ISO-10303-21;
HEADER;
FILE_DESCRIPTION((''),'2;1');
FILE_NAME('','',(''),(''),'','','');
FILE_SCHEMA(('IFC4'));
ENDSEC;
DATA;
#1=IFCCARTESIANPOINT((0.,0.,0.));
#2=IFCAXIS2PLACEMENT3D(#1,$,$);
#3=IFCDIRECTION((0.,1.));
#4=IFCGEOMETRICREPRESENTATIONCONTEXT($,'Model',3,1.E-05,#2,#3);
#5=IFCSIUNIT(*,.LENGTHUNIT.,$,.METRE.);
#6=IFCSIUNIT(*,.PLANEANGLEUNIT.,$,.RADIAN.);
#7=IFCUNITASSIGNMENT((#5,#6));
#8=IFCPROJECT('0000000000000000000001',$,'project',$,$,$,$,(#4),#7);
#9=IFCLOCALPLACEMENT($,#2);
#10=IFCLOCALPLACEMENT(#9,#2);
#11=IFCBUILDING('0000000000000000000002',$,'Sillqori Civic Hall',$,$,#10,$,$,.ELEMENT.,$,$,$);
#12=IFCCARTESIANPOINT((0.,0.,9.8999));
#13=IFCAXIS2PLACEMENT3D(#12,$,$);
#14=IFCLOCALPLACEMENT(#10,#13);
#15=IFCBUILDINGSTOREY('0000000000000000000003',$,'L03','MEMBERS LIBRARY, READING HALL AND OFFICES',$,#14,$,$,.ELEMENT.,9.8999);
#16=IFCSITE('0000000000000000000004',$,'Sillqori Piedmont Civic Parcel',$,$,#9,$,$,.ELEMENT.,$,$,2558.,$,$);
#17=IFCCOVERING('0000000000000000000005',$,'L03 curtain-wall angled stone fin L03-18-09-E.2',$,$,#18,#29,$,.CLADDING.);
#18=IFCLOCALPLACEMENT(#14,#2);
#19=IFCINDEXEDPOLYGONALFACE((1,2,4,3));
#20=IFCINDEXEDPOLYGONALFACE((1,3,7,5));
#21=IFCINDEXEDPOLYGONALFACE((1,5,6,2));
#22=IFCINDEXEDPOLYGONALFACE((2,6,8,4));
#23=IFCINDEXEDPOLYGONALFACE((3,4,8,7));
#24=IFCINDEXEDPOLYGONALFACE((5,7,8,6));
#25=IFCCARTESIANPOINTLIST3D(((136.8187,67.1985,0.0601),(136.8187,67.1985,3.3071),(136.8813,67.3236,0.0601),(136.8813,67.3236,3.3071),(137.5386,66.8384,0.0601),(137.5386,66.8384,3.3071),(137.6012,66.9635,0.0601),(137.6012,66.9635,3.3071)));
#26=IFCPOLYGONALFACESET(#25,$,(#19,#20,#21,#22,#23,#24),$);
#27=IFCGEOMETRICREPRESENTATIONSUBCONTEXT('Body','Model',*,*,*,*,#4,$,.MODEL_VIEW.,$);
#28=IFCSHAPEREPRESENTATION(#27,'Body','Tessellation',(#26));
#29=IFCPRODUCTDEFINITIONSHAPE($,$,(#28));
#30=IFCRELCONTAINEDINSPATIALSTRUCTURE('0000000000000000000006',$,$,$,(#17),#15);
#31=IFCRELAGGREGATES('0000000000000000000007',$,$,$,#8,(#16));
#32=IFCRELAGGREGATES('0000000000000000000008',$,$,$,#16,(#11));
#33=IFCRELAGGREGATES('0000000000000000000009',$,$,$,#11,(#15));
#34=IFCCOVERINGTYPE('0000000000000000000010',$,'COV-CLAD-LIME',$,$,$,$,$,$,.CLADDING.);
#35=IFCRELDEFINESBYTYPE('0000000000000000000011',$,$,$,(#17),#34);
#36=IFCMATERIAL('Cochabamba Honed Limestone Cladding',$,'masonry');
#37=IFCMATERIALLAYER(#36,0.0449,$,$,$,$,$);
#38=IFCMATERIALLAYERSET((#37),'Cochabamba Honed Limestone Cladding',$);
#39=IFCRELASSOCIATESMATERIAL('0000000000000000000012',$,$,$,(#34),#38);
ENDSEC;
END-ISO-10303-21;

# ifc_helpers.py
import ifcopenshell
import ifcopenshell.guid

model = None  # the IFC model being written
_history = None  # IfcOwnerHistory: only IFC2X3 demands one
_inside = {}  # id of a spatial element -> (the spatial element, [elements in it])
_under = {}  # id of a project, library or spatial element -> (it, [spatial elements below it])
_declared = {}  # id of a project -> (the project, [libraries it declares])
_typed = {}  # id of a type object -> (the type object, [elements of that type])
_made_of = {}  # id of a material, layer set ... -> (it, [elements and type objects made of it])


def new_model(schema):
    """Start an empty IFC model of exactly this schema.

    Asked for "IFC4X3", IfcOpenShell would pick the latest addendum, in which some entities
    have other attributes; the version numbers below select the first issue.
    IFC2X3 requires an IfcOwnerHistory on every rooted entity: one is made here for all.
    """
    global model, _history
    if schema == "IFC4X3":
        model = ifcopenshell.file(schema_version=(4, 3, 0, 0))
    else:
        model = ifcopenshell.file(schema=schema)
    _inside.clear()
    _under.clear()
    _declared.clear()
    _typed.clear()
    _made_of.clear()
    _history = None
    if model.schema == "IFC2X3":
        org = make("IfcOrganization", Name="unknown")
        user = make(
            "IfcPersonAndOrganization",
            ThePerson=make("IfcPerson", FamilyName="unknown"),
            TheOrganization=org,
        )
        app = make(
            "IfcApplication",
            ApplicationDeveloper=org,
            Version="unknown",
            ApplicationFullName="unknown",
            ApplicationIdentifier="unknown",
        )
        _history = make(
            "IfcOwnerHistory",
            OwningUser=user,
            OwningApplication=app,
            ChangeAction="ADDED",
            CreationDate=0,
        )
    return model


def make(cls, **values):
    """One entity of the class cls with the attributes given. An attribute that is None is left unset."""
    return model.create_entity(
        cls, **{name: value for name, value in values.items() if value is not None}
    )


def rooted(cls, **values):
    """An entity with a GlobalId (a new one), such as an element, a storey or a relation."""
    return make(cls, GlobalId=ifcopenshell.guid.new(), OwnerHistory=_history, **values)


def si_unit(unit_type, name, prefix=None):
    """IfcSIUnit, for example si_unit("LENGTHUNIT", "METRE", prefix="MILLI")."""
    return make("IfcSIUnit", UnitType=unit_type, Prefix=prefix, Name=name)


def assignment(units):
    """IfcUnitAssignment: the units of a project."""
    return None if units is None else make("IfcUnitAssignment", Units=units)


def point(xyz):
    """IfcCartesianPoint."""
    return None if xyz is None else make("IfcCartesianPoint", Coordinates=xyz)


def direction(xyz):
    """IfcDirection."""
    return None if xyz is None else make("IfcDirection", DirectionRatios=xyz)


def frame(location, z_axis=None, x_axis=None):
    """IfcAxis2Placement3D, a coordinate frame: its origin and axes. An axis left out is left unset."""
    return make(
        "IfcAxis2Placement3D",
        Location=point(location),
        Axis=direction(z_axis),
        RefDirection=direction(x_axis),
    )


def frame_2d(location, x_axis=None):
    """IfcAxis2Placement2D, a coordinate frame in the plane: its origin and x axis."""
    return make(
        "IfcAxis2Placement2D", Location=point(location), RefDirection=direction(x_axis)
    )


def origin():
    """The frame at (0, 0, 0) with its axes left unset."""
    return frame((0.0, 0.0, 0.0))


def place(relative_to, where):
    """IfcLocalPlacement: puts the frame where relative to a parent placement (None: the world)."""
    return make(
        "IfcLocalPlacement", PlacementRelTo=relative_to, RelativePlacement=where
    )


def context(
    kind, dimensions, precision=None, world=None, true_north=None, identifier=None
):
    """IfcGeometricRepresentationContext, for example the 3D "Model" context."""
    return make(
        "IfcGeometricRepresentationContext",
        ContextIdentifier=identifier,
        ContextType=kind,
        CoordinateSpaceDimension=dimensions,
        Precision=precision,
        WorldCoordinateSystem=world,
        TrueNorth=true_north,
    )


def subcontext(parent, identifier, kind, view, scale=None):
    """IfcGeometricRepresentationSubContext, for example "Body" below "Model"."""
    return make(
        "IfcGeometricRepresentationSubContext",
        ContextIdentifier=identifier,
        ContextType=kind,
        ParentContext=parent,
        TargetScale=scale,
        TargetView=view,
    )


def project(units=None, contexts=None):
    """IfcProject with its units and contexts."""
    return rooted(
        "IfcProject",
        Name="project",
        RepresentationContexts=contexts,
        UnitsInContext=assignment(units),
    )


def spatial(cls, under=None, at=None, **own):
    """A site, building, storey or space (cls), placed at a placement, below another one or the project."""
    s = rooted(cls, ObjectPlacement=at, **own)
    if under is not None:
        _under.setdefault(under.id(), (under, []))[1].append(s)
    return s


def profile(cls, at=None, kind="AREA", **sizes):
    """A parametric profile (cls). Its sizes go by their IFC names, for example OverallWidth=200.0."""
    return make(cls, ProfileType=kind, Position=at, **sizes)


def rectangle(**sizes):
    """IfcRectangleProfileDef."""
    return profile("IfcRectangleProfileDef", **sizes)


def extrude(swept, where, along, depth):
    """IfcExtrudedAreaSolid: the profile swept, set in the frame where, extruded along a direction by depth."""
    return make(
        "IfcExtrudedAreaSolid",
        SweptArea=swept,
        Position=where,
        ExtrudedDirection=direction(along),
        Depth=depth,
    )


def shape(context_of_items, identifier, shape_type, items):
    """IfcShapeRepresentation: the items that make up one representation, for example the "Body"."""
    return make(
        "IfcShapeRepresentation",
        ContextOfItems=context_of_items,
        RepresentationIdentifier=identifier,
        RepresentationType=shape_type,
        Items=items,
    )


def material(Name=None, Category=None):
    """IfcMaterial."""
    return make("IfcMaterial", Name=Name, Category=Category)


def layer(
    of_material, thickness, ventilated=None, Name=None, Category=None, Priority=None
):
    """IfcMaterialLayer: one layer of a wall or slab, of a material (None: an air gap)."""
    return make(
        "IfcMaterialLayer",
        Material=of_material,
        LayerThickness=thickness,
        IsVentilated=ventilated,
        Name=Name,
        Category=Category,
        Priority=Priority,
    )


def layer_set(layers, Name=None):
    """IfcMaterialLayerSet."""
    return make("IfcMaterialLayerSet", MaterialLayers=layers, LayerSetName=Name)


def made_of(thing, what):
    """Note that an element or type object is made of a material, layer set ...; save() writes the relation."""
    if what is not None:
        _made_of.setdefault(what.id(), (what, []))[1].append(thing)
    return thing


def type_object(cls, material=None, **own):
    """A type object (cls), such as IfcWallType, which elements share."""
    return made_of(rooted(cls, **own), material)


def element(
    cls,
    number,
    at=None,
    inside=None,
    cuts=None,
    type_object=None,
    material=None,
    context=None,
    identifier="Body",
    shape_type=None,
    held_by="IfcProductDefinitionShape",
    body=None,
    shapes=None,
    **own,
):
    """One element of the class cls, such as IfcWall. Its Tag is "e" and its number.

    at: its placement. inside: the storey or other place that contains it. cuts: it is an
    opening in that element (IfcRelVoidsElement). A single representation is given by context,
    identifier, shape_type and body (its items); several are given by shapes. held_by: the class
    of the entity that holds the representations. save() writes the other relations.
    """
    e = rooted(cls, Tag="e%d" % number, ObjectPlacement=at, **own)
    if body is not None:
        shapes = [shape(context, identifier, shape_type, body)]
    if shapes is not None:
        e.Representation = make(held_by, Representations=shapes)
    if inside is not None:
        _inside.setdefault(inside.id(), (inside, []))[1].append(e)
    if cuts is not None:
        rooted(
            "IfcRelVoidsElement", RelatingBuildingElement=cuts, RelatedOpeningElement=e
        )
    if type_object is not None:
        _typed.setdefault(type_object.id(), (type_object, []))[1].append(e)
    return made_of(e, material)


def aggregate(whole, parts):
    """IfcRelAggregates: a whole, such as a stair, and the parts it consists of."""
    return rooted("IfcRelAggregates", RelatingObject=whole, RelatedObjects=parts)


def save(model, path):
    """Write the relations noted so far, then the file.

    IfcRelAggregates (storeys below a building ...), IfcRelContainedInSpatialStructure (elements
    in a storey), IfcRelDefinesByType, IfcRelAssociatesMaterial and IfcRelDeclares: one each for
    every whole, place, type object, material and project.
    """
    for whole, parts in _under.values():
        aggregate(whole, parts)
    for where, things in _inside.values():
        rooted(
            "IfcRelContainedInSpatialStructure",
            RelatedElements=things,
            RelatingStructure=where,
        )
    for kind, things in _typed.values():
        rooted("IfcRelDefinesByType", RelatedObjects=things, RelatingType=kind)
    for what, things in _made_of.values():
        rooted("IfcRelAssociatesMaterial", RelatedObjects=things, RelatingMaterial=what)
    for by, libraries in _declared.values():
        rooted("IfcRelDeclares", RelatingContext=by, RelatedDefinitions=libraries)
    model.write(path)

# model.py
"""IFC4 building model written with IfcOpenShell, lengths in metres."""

from ifc_helpers import new_model, si_unit, direction, frame, frame_2d, origin, place, context, subcontext, project, spatial, rectangle, extrude, material, layer, layer_set, type_object, element, save


model = new_model("IFC4")

# Units and contexts
model_context = context("Model", 3, precision=1e-05, world=origin(), true_north=direction((0.0, 1.0)))
body_context = subcontext(model_context, "Body", "Model", "MODEL_VIEW")
ifc_project = project(units=[si_unit("LENGTHUNIT", "METRE"), si_unit("PLANEANGLEUNIT", "RADIAN")], contexts=[model_context])

# Site, building, storey
site_placement = place(None, origin())
site = spatial("IfcSite", under=ifc_project, at=site_placement, Name="Sillqori Piedmont Civic Parcel", CompositionType="ELEMENT", RefElevation=2558.0)
building_placement = place(site_placement, origin())
building = spatial("IfcBuilding", under=site, at=building_placement, Name="Sillqori Civic Hall", CompositionType="ELEMENT")
storey_placement = place(building_placement, frame((0.0, 0.0, 9.8999)))
storey = spatial("IfcBuildingStorey", under=building, at=storey_placement, Name="L03", Description="MEMBERS LIBRARY, READING HALL AND OFFICES", CompositionType="ELEMENT", Elevation=9.8999)

# Covering
ifc_material_1 = material(Name="Cochabamba Honed Limestone Cladding", Category="masonry")
ifc_layer_1 = layer(ifc_material_1, 0.0449)
ifc_layer_set_1 = layer_set([ifc_layer_1], Name="Cochabamba Honed Limestone Cladding")
covering_type = type_object("IfcCoveringType", Name="COV-CLAD-LIME", PredefinedType="CLADDING", material=ifc_layer_set_1)
for number, where, z_axis, x_axis, name in (
    (1, (136.8501, 67.261, 0.0601), (0.0, 0.0, 1.0), (0.894367, -0.447335, 0.0), "L03 curtain-wall angled stone fin L03-18-09-E.2"),
):
    element("IfcCovering", number, at=place(storey_placement, frame(where, z_axis=z_axis, x_axis=x_axis)), inside=storey, type_object=covering_type, Name=name, PredefinedType="CLADDING", context=body_context, shape_type="SweptSolid", body=[
        extrude(rectangle(XDim=0.8049, YDim=0.1399, at=frame_2d((0.4023, 0.0))), origin(), (0.0, 0.0, 1.0), 3.2471),
    ])

save(model, "model.ifc")
